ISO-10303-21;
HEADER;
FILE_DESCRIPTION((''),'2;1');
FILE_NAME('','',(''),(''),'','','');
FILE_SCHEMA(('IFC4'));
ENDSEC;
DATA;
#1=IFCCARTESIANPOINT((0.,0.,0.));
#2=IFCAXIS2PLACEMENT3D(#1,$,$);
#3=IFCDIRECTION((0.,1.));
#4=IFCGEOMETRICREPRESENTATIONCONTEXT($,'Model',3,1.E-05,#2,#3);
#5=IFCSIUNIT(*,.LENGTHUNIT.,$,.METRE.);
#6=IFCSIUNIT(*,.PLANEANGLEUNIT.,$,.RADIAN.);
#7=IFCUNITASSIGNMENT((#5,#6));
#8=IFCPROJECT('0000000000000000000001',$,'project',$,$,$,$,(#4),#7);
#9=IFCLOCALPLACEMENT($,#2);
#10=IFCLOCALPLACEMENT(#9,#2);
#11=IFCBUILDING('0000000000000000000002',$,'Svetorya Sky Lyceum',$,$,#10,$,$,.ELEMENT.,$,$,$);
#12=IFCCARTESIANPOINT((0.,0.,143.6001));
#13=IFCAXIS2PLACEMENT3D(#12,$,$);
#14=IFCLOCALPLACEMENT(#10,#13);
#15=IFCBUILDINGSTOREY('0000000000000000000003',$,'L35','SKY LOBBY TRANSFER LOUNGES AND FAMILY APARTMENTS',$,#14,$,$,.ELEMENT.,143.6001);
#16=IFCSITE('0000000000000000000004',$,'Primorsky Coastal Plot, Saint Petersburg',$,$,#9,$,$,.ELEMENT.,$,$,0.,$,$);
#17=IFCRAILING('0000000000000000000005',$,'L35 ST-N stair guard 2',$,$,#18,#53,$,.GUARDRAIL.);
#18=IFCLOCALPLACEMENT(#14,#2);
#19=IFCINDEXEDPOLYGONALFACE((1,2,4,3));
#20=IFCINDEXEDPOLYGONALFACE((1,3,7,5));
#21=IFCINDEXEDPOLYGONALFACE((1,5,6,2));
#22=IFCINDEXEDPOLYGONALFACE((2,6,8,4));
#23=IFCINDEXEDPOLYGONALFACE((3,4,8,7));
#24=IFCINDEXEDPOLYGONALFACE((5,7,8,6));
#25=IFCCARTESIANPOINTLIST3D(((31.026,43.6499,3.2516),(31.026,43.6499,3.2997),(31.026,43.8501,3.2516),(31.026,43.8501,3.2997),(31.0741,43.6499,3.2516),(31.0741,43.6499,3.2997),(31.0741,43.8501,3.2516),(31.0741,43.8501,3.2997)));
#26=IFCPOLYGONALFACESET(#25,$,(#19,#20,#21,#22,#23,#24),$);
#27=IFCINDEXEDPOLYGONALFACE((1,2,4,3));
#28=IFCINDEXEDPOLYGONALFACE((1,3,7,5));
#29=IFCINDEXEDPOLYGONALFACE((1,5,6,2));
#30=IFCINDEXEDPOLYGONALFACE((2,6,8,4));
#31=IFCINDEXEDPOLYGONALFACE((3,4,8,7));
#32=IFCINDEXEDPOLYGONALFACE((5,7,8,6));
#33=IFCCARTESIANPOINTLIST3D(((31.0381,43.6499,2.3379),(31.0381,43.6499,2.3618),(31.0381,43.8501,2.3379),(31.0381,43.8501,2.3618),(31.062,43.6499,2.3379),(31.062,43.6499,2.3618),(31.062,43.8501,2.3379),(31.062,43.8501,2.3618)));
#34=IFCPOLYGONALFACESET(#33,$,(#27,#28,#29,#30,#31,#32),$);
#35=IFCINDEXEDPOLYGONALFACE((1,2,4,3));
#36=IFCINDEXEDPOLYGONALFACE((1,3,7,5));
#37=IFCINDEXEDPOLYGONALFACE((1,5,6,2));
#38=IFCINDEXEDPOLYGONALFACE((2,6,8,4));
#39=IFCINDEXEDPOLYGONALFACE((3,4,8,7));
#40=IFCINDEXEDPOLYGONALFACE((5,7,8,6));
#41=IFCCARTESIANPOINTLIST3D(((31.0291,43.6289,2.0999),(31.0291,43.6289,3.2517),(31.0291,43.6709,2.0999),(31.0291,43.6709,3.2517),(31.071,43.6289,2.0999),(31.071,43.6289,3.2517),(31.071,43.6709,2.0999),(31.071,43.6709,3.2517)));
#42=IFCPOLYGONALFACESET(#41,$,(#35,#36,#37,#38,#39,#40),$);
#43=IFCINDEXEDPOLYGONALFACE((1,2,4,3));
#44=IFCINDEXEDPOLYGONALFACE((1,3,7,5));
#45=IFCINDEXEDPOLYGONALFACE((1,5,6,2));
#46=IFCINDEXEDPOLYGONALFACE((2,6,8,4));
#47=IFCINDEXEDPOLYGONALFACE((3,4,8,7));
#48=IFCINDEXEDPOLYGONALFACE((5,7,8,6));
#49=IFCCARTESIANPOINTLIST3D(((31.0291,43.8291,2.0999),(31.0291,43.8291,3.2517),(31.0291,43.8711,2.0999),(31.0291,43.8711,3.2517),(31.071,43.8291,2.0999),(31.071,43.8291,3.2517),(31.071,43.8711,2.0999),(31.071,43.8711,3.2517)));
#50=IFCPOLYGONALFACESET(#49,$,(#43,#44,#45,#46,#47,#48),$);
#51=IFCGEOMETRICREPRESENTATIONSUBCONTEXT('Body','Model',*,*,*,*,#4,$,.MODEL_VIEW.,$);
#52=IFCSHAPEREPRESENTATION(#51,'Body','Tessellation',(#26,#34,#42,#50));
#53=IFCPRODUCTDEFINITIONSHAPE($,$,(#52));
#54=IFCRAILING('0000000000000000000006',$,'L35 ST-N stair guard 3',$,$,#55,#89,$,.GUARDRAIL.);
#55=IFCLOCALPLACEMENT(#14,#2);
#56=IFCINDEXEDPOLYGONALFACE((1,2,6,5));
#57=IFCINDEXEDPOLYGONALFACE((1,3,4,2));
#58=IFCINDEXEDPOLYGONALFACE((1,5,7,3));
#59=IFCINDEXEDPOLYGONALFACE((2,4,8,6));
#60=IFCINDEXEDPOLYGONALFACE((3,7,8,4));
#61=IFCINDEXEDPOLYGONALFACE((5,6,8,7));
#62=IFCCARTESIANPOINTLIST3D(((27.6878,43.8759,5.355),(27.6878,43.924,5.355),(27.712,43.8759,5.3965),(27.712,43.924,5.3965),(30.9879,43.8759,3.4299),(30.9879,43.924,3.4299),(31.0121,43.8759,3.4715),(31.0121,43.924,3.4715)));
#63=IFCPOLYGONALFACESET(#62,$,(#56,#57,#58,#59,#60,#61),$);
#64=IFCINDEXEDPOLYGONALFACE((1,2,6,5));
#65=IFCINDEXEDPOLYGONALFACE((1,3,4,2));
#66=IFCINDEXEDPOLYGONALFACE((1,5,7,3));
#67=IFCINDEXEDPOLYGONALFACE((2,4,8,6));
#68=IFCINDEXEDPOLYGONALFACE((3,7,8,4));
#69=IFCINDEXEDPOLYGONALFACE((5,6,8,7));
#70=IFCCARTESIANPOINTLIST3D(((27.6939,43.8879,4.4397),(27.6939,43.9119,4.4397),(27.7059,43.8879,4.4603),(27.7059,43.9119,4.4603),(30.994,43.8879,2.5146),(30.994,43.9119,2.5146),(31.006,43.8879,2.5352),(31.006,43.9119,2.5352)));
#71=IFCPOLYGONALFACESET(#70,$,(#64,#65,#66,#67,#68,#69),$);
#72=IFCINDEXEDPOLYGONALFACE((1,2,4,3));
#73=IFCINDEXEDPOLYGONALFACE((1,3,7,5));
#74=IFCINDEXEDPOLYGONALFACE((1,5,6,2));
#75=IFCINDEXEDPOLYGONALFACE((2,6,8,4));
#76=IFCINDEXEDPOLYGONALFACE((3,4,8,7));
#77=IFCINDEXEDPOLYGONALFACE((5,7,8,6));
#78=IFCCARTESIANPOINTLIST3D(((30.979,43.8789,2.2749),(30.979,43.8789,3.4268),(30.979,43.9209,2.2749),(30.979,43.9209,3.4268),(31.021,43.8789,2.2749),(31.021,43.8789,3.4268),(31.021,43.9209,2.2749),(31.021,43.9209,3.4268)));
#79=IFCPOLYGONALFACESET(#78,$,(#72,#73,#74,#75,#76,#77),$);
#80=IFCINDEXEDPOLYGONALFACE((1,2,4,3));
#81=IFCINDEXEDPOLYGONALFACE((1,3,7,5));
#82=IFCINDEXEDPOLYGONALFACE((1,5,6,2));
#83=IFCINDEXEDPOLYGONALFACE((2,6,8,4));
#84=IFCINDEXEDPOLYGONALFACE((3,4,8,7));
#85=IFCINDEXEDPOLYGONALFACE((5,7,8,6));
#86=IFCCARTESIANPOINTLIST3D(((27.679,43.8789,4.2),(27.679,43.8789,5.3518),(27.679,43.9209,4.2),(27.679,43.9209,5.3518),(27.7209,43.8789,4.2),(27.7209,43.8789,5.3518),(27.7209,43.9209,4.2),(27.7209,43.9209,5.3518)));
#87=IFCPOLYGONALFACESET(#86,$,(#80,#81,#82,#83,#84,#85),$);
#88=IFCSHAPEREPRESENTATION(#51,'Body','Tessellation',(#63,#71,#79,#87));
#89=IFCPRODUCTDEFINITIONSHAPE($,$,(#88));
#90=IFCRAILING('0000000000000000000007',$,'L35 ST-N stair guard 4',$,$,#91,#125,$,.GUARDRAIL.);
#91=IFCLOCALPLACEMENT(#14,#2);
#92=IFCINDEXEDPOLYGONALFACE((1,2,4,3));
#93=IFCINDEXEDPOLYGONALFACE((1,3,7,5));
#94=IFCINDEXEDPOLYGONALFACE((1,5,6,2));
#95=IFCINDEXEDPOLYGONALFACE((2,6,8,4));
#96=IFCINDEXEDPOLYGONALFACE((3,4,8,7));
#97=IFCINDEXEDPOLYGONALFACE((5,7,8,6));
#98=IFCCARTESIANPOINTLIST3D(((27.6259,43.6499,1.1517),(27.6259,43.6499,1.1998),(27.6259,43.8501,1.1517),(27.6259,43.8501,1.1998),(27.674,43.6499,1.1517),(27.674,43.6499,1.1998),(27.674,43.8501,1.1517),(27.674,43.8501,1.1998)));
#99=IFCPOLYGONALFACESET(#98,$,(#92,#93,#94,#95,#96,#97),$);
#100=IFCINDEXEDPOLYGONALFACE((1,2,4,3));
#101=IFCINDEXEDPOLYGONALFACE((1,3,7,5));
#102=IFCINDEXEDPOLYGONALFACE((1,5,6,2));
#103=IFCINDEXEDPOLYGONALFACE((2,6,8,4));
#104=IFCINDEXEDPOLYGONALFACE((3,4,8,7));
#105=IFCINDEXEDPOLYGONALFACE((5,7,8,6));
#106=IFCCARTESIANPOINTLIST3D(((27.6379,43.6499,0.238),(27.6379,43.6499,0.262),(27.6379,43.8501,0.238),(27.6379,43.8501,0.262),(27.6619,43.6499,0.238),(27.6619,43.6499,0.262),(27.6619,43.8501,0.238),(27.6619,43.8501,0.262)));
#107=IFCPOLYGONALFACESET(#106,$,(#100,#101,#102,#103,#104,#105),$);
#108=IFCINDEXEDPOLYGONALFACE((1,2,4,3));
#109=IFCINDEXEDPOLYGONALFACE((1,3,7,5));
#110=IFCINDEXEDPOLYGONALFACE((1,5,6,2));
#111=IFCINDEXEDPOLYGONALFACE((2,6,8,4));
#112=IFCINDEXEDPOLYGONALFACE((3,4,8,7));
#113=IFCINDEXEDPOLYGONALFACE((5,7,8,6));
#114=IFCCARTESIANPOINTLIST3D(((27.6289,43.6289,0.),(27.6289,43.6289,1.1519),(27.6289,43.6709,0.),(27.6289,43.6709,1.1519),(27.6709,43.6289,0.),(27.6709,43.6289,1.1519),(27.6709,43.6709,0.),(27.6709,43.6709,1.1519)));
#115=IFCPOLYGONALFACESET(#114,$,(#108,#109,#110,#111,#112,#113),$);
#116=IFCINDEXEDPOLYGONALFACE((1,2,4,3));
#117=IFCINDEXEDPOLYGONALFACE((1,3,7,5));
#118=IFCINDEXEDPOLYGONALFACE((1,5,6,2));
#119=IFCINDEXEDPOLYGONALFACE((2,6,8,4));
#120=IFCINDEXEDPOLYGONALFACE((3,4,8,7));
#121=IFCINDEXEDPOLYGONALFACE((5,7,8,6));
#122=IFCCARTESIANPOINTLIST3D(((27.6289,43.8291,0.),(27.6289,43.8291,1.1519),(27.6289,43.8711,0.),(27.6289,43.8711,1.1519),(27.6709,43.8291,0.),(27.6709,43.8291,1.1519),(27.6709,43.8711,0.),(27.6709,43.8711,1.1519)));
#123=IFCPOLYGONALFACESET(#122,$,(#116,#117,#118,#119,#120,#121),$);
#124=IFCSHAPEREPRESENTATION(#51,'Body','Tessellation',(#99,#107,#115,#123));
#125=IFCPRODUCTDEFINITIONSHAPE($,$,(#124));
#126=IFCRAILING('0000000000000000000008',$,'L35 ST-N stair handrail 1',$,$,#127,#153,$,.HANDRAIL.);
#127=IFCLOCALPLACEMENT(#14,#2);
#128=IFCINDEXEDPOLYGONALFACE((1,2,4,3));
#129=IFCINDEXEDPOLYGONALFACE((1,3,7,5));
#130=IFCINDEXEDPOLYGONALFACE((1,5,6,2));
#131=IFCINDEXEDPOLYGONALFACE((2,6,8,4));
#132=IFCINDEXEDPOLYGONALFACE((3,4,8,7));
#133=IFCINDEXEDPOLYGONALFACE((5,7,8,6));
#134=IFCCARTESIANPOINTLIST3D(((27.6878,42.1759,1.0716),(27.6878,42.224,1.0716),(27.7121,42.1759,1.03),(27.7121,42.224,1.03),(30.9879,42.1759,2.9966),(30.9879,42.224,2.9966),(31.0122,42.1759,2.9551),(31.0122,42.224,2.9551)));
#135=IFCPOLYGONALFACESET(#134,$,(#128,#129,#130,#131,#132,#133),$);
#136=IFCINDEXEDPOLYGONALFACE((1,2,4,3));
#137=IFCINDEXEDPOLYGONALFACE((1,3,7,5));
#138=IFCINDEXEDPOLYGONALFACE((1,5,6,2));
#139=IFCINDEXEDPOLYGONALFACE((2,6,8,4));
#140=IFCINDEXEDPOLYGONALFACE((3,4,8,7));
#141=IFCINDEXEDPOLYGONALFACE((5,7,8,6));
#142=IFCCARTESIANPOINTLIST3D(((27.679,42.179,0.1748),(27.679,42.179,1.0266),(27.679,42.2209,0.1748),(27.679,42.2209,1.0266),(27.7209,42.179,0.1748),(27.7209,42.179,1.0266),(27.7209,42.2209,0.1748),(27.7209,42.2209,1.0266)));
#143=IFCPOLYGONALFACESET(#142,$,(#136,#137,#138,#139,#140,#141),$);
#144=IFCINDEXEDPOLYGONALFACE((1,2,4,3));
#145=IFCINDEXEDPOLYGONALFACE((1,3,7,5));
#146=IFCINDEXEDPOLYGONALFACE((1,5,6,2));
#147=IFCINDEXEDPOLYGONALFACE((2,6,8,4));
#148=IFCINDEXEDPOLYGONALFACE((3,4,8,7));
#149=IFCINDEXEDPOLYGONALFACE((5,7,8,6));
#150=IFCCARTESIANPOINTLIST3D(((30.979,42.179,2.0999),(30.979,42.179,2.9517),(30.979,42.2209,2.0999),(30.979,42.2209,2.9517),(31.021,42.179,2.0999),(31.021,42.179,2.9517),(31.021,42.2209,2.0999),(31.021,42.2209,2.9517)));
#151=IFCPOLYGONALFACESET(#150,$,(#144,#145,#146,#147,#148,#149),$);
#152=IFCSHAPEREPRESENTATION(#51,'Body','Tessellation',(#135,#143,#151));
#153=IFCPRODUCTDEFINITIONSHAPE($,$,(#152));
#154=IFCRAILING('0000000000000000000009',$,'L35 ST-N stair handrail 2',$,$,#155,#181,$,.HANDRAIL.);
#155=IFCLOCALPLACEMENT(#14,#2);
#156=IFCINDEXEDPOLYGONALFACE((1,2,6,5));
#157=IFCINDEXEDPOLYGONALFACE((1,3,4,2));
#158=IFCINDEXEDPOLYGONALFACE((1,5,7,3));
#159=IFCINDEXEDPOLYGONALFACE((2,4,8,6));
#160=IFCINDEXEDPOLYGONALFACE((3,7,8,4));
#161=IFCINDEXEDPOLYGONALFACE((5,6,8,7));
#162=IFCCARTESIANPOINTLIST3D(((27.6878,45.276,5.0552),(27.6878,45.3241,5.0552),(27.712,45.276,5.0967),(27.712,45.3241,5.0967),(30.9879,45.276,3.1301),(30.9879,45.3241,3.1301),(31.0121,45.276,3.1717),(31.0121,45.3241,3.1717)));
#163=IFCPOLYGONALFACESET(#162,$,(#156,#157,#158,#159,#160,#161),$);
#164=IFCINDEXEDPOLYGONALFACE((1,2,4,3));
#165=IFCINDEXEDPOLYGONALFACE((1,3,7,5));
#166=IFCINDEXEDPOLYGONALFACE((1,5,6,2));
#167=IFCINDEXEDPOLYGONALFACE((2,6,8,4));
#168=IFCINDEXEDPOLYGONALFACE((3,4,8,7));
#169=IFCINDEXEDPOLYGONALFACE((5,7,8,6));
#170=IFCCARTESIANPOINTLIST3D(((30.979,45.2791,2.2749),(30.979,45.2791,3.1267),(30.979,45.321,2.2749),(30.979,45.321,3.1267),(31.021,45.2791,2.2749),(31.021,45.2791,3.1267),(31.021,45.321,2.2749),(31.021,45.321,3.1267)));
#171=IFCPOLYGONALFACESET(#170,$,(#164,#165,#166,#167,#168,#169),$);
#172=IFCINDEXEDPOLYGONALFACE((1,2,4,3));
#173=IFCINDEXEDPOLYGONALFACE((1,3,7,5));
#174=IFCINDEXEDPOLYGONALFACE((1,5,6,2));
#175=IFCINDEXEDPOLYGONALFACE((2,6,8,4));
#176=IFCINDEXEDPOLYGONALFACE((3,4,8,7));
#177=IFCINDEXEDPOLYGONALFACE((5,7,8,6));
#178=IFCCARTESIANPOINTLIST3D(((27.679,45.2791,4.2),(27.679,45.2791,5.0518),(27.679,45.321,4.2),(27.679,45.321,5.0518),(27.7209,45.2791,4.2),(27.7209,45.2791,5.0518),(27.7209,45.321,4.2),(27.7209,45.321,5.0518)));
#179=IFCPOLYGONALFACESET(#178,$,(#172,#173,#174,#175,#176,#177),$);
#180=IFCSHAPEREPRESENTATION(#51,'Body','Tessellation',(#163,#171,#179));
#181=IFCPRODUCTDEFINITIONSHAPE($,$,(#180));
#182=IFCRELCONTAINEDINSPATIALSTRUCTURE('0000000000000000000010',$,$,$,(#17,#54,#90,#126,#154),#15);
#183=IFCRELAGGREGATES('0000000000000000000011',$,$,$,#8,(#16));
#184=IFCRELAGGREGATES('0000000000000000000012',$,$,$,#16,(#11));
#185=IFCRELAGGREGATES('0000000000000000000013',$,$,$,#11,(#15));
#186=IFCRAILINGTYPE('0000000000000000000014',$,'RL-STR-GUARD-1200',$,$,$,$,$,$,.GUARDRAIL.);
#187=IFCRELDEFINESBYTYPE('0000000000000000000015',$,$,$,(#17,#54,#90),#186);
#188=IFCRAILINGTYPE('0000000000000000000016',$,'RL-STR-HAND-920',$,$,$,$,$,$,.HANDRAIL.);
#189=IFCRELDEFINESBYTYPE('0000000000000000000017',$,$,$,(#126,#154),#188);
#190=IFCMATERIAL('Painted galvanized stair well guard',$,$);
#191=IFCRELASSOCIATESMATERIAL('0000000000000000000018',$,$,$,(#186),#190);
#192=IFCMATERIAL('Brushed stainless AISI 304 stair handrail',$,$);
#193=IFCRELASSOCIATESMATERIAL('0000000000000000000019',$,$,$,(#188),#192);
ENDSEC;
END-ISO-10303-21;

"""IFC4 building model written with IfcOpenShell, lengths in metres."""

from ifc_helpers import new_model, si_unit, direction, frame, origin, origin_2d, place, context, subcontext, project, spatial, rectangle, extrude, material, type_object, element, save


model = new_model("IFC4")

# Units and contexts
model_context = context("Model", 3, precision=1e-05, world=origin(), true_north=direction((0.0, 1.0)))
body_context = subcontext(model_context, "Body", "Model", "MODEL_VIEW")
ifc_project = project(units=[si_unit("LENGTHUNIT", "METRE"), si_unit("PLANEANGLEUNIT", "RADIAN")], contexts=[model_context])

# Site, building, storey
site_placement = place(None, origin())
site = spatial("IfcSite", under=ifc_project, at=site_placement, Name="Primorsky Coastal Plot, Saint Petersburg", CompositionType="ELEMENT", RefElevation=0.0)
building_placement = place(site_placement, origin())
building = spatial("IfcBuilding", under=site, at=building_placement, Name="Svetorya Sky Lyceum", CompositionType="ELEMENT")
storey_placement = place(building_placement, frame((0.0, 0.0, 143.6001)))
storey = spatial("IfcBuildingStorey", under=building, at=storey_placement, Name="L35", Description="SKY LOBBY TRANSFER LOUNGES AND FAMILY APARTMENTS", CompositionType="ELEMENT", Elevation=143.6001)

# Railings
ifc_material_1 = material(Name="Painted galvanized stair well guard")
railing_type_1 = type_object("IfcRailingType", Name="RL-STR-GUARD-1200", PredefinedType="GUARDRAIL", material=ifc_material_1)
railing_1_placement = place(storey_placement, frame((31.05, 43.6499, 2.0999)))
element("IfcRailing", 1, at=railing_1_placement, inside=storey, type_object=railing_type_1, Name="L35 ST-N stair guard 2", PredefinedType="GUARDRAIL", context=body_context, shape_type="SweptSolid", body=[
    extrude(rectangle(XDim=0.0481, YDim=0.0481, at=origin_2d()), frame((0.0, 0.0, 1.1758), z_axis=(0.0, 1.0, 0.0), x_axis=(-1.0, 0.0, 0.0)), (0.0, 0.0, 1.0), 0.2002),
    extrude(rectangle(XDim=0.0239, YDim=0.0239, at=origin_2d()), frame((0.0, 0.0, 0.25), z_axis=(0.0, 1.0, 0.0), x_axis=(-1.0, 0.0, 0.0)), (0.0, 0.0, 1.0), 0.2002),
    extrude(rectangle(XDim=0.042, YDim=0.042, at=origin_2d()), origin(), (0.0, 0.0, 1.0), 1.1519),
    extrude(rectangle(XDim=0.042, YDim=0.042, at=origin_2d()), frame((0.0, 0.2002, 0.0)), (0.0, 0.0, 1.0), 1.1519),
])
railing_2_placement = place(storey_placement, frame((31.0, 43.8999, 2.2749)))
element("IfcRailing", 2, at=railing_2_placement, inside=storey, type_object=railing_type_1, Name="L35 ST-N stair guard 3", PredefinedType="GUARDRAIL", context=body_context, shape_type="SweptSolid", body=[
    extrude(rectangle(XDim=0.0481, YDim=0.0481, at=origin_2d()), frame((0.0, 0.0, 1.1758), z_axis=(-0.863777, 0.0, 0.503875), x_axis=(0.0, -1.0, 0.0)), (0.0, 0.0, 1.0), 3.8206),
    extrude(rectangle(XDim=0.0239, YDim=0.0239, at=origin_2d()), frame((0.0, 0.0, 0.25), z_axis=(-0.863777, 0.0, 0.503875), x_axis=(0.0, -1.0, 0.0)), (0.0, 0.0, 1.0), 3.8206),
    extrude(rectangle(XDim=0.042, YDim=0.042, at=origin_2d()), origin(), (0.0, 0.0, 1.0), 1.1519),
    extrude(rectangle(XDim=0.042, YDim=0.042, at=origin_2d()), frame((-3.3, 0.0, 1.925)), (0.0, 0.0, 1.0), 1.1519),
])
railing_3_placement = place(storey_placement, frame((27.6499, 43.6499, 0.0)))
element("IfcRailing", 3, at=railing_3_placement, inside=storey, type_object=railing_type_1, Name="L35 ST-N stair guard 4", PredefinedType="GUARDRAIL", context=body_context, shape_type="SweptSolid", body=[
    extrude(rectangle(XDim=0.0481, YDim=0.0481, at=origin_2d()), frame((0.0, 0.0, 1.1758), z_axis=(0.0, 1.0, 0.0), x_axis=(-1.0, 0.0, 0.0)), (0.0, 0.0, 1.0), 0.2002),
    extrude(rectangle(XDim=0.0239, YDim=0.0239, at=origin_2d()), frame((0.0, 0.0, 0.25), z_axis=(0.0, 1.0, 0.0), x_axis=(-1.0, 0.0, 0.0)), (0.0, 0.0, 1.0), 0.2002),
    extrude(rectangle(XDim=0.042, YDim=0.042, at=origin_2d()), origin(), (0.0, 0.0, 1.0), 1.1519),
    extrude(rectangle(XDim=0.042, YDim=0.042, at=origin_2d()), frame((0.0, 0.2002, 0.0)), (0.0, 0.0, 1.0), 1.1519),
])
ifc_material_2 = material(Name="Brushed stainless AISI 304 stair handrail")
railing_type_2 = type_object("IfcRailingType", Name="RL-STR-HAND-920", PredefinedType="HANDRAIL", material=ifc_material_2)
railing_4_placement = place(storey_placement, frame((27.7, 42.2, 0.1748)))
element("IfcRailing", 4, at=railing_4_placement, inside=storey, type_object=railing_type_2, Name="L35 ST-N stair handrail 1", PredefinedType="HANDRAIL", context=body_context, shape_type="SweptSolid", body=[
    extrude(rectangle(XDim=0.0481, YDim=0.0481, at=origin_2d()), frame((0.0, 0.0, 0.876), z_axis=(0.863777, 0.0, 0.503875), x_axis=(0.0, 1.0, 0.0)), (0.0, 0.0, 1.0), 3.8206),
    extrude(rectangle(XDim=0.042, YDim=0.042, at=origin_2d()), origin(), (0.0, 0.0, 1.0), 0.8518),
    extrude(rectangle(XDim=0.042, YDim=0.042, at=origin_2d()), frame((3.3, 0.0, 1.925)), (0.0, 0.0, 1.0), 0.8518),
])
railing_5_placement = place(storey_placement, frame((31.0, 45.3, 2.2749)))
element("IfcRailing", 5, at=railing_5_placement, inside=storey, type_object=railing_type_2, Name="L35 ST-N stair handrail 2", PredefinedType="HANDRAIL", context=body_context, shape_type="SweptSolid", body=[
    extrude(rectangle(XDim=0.0481, YDim=0.0481, at=origin_2d()), frame((0.0, 0.0, 0.876), z_axis=(-0.863777, 0.0, 0.503875), x_axis=(0.0, -1.0, 0.0)), (0.0, 0.0, 1.0), 3.8206),
    extrude(rectangle(XDim=0.042, YDim=0.042, at=origin_2d()), origin(), (0.0, 0.0, 1.0), 0.8518),
    extrude(rectangle(XDim=0.042, YDim=0.042, at=origin_2d()), frame((-3.3, 0.0, 1.925)), (0.0, 0.0, 1.0), 0.8518),
])

save(model, "model.ifc")
